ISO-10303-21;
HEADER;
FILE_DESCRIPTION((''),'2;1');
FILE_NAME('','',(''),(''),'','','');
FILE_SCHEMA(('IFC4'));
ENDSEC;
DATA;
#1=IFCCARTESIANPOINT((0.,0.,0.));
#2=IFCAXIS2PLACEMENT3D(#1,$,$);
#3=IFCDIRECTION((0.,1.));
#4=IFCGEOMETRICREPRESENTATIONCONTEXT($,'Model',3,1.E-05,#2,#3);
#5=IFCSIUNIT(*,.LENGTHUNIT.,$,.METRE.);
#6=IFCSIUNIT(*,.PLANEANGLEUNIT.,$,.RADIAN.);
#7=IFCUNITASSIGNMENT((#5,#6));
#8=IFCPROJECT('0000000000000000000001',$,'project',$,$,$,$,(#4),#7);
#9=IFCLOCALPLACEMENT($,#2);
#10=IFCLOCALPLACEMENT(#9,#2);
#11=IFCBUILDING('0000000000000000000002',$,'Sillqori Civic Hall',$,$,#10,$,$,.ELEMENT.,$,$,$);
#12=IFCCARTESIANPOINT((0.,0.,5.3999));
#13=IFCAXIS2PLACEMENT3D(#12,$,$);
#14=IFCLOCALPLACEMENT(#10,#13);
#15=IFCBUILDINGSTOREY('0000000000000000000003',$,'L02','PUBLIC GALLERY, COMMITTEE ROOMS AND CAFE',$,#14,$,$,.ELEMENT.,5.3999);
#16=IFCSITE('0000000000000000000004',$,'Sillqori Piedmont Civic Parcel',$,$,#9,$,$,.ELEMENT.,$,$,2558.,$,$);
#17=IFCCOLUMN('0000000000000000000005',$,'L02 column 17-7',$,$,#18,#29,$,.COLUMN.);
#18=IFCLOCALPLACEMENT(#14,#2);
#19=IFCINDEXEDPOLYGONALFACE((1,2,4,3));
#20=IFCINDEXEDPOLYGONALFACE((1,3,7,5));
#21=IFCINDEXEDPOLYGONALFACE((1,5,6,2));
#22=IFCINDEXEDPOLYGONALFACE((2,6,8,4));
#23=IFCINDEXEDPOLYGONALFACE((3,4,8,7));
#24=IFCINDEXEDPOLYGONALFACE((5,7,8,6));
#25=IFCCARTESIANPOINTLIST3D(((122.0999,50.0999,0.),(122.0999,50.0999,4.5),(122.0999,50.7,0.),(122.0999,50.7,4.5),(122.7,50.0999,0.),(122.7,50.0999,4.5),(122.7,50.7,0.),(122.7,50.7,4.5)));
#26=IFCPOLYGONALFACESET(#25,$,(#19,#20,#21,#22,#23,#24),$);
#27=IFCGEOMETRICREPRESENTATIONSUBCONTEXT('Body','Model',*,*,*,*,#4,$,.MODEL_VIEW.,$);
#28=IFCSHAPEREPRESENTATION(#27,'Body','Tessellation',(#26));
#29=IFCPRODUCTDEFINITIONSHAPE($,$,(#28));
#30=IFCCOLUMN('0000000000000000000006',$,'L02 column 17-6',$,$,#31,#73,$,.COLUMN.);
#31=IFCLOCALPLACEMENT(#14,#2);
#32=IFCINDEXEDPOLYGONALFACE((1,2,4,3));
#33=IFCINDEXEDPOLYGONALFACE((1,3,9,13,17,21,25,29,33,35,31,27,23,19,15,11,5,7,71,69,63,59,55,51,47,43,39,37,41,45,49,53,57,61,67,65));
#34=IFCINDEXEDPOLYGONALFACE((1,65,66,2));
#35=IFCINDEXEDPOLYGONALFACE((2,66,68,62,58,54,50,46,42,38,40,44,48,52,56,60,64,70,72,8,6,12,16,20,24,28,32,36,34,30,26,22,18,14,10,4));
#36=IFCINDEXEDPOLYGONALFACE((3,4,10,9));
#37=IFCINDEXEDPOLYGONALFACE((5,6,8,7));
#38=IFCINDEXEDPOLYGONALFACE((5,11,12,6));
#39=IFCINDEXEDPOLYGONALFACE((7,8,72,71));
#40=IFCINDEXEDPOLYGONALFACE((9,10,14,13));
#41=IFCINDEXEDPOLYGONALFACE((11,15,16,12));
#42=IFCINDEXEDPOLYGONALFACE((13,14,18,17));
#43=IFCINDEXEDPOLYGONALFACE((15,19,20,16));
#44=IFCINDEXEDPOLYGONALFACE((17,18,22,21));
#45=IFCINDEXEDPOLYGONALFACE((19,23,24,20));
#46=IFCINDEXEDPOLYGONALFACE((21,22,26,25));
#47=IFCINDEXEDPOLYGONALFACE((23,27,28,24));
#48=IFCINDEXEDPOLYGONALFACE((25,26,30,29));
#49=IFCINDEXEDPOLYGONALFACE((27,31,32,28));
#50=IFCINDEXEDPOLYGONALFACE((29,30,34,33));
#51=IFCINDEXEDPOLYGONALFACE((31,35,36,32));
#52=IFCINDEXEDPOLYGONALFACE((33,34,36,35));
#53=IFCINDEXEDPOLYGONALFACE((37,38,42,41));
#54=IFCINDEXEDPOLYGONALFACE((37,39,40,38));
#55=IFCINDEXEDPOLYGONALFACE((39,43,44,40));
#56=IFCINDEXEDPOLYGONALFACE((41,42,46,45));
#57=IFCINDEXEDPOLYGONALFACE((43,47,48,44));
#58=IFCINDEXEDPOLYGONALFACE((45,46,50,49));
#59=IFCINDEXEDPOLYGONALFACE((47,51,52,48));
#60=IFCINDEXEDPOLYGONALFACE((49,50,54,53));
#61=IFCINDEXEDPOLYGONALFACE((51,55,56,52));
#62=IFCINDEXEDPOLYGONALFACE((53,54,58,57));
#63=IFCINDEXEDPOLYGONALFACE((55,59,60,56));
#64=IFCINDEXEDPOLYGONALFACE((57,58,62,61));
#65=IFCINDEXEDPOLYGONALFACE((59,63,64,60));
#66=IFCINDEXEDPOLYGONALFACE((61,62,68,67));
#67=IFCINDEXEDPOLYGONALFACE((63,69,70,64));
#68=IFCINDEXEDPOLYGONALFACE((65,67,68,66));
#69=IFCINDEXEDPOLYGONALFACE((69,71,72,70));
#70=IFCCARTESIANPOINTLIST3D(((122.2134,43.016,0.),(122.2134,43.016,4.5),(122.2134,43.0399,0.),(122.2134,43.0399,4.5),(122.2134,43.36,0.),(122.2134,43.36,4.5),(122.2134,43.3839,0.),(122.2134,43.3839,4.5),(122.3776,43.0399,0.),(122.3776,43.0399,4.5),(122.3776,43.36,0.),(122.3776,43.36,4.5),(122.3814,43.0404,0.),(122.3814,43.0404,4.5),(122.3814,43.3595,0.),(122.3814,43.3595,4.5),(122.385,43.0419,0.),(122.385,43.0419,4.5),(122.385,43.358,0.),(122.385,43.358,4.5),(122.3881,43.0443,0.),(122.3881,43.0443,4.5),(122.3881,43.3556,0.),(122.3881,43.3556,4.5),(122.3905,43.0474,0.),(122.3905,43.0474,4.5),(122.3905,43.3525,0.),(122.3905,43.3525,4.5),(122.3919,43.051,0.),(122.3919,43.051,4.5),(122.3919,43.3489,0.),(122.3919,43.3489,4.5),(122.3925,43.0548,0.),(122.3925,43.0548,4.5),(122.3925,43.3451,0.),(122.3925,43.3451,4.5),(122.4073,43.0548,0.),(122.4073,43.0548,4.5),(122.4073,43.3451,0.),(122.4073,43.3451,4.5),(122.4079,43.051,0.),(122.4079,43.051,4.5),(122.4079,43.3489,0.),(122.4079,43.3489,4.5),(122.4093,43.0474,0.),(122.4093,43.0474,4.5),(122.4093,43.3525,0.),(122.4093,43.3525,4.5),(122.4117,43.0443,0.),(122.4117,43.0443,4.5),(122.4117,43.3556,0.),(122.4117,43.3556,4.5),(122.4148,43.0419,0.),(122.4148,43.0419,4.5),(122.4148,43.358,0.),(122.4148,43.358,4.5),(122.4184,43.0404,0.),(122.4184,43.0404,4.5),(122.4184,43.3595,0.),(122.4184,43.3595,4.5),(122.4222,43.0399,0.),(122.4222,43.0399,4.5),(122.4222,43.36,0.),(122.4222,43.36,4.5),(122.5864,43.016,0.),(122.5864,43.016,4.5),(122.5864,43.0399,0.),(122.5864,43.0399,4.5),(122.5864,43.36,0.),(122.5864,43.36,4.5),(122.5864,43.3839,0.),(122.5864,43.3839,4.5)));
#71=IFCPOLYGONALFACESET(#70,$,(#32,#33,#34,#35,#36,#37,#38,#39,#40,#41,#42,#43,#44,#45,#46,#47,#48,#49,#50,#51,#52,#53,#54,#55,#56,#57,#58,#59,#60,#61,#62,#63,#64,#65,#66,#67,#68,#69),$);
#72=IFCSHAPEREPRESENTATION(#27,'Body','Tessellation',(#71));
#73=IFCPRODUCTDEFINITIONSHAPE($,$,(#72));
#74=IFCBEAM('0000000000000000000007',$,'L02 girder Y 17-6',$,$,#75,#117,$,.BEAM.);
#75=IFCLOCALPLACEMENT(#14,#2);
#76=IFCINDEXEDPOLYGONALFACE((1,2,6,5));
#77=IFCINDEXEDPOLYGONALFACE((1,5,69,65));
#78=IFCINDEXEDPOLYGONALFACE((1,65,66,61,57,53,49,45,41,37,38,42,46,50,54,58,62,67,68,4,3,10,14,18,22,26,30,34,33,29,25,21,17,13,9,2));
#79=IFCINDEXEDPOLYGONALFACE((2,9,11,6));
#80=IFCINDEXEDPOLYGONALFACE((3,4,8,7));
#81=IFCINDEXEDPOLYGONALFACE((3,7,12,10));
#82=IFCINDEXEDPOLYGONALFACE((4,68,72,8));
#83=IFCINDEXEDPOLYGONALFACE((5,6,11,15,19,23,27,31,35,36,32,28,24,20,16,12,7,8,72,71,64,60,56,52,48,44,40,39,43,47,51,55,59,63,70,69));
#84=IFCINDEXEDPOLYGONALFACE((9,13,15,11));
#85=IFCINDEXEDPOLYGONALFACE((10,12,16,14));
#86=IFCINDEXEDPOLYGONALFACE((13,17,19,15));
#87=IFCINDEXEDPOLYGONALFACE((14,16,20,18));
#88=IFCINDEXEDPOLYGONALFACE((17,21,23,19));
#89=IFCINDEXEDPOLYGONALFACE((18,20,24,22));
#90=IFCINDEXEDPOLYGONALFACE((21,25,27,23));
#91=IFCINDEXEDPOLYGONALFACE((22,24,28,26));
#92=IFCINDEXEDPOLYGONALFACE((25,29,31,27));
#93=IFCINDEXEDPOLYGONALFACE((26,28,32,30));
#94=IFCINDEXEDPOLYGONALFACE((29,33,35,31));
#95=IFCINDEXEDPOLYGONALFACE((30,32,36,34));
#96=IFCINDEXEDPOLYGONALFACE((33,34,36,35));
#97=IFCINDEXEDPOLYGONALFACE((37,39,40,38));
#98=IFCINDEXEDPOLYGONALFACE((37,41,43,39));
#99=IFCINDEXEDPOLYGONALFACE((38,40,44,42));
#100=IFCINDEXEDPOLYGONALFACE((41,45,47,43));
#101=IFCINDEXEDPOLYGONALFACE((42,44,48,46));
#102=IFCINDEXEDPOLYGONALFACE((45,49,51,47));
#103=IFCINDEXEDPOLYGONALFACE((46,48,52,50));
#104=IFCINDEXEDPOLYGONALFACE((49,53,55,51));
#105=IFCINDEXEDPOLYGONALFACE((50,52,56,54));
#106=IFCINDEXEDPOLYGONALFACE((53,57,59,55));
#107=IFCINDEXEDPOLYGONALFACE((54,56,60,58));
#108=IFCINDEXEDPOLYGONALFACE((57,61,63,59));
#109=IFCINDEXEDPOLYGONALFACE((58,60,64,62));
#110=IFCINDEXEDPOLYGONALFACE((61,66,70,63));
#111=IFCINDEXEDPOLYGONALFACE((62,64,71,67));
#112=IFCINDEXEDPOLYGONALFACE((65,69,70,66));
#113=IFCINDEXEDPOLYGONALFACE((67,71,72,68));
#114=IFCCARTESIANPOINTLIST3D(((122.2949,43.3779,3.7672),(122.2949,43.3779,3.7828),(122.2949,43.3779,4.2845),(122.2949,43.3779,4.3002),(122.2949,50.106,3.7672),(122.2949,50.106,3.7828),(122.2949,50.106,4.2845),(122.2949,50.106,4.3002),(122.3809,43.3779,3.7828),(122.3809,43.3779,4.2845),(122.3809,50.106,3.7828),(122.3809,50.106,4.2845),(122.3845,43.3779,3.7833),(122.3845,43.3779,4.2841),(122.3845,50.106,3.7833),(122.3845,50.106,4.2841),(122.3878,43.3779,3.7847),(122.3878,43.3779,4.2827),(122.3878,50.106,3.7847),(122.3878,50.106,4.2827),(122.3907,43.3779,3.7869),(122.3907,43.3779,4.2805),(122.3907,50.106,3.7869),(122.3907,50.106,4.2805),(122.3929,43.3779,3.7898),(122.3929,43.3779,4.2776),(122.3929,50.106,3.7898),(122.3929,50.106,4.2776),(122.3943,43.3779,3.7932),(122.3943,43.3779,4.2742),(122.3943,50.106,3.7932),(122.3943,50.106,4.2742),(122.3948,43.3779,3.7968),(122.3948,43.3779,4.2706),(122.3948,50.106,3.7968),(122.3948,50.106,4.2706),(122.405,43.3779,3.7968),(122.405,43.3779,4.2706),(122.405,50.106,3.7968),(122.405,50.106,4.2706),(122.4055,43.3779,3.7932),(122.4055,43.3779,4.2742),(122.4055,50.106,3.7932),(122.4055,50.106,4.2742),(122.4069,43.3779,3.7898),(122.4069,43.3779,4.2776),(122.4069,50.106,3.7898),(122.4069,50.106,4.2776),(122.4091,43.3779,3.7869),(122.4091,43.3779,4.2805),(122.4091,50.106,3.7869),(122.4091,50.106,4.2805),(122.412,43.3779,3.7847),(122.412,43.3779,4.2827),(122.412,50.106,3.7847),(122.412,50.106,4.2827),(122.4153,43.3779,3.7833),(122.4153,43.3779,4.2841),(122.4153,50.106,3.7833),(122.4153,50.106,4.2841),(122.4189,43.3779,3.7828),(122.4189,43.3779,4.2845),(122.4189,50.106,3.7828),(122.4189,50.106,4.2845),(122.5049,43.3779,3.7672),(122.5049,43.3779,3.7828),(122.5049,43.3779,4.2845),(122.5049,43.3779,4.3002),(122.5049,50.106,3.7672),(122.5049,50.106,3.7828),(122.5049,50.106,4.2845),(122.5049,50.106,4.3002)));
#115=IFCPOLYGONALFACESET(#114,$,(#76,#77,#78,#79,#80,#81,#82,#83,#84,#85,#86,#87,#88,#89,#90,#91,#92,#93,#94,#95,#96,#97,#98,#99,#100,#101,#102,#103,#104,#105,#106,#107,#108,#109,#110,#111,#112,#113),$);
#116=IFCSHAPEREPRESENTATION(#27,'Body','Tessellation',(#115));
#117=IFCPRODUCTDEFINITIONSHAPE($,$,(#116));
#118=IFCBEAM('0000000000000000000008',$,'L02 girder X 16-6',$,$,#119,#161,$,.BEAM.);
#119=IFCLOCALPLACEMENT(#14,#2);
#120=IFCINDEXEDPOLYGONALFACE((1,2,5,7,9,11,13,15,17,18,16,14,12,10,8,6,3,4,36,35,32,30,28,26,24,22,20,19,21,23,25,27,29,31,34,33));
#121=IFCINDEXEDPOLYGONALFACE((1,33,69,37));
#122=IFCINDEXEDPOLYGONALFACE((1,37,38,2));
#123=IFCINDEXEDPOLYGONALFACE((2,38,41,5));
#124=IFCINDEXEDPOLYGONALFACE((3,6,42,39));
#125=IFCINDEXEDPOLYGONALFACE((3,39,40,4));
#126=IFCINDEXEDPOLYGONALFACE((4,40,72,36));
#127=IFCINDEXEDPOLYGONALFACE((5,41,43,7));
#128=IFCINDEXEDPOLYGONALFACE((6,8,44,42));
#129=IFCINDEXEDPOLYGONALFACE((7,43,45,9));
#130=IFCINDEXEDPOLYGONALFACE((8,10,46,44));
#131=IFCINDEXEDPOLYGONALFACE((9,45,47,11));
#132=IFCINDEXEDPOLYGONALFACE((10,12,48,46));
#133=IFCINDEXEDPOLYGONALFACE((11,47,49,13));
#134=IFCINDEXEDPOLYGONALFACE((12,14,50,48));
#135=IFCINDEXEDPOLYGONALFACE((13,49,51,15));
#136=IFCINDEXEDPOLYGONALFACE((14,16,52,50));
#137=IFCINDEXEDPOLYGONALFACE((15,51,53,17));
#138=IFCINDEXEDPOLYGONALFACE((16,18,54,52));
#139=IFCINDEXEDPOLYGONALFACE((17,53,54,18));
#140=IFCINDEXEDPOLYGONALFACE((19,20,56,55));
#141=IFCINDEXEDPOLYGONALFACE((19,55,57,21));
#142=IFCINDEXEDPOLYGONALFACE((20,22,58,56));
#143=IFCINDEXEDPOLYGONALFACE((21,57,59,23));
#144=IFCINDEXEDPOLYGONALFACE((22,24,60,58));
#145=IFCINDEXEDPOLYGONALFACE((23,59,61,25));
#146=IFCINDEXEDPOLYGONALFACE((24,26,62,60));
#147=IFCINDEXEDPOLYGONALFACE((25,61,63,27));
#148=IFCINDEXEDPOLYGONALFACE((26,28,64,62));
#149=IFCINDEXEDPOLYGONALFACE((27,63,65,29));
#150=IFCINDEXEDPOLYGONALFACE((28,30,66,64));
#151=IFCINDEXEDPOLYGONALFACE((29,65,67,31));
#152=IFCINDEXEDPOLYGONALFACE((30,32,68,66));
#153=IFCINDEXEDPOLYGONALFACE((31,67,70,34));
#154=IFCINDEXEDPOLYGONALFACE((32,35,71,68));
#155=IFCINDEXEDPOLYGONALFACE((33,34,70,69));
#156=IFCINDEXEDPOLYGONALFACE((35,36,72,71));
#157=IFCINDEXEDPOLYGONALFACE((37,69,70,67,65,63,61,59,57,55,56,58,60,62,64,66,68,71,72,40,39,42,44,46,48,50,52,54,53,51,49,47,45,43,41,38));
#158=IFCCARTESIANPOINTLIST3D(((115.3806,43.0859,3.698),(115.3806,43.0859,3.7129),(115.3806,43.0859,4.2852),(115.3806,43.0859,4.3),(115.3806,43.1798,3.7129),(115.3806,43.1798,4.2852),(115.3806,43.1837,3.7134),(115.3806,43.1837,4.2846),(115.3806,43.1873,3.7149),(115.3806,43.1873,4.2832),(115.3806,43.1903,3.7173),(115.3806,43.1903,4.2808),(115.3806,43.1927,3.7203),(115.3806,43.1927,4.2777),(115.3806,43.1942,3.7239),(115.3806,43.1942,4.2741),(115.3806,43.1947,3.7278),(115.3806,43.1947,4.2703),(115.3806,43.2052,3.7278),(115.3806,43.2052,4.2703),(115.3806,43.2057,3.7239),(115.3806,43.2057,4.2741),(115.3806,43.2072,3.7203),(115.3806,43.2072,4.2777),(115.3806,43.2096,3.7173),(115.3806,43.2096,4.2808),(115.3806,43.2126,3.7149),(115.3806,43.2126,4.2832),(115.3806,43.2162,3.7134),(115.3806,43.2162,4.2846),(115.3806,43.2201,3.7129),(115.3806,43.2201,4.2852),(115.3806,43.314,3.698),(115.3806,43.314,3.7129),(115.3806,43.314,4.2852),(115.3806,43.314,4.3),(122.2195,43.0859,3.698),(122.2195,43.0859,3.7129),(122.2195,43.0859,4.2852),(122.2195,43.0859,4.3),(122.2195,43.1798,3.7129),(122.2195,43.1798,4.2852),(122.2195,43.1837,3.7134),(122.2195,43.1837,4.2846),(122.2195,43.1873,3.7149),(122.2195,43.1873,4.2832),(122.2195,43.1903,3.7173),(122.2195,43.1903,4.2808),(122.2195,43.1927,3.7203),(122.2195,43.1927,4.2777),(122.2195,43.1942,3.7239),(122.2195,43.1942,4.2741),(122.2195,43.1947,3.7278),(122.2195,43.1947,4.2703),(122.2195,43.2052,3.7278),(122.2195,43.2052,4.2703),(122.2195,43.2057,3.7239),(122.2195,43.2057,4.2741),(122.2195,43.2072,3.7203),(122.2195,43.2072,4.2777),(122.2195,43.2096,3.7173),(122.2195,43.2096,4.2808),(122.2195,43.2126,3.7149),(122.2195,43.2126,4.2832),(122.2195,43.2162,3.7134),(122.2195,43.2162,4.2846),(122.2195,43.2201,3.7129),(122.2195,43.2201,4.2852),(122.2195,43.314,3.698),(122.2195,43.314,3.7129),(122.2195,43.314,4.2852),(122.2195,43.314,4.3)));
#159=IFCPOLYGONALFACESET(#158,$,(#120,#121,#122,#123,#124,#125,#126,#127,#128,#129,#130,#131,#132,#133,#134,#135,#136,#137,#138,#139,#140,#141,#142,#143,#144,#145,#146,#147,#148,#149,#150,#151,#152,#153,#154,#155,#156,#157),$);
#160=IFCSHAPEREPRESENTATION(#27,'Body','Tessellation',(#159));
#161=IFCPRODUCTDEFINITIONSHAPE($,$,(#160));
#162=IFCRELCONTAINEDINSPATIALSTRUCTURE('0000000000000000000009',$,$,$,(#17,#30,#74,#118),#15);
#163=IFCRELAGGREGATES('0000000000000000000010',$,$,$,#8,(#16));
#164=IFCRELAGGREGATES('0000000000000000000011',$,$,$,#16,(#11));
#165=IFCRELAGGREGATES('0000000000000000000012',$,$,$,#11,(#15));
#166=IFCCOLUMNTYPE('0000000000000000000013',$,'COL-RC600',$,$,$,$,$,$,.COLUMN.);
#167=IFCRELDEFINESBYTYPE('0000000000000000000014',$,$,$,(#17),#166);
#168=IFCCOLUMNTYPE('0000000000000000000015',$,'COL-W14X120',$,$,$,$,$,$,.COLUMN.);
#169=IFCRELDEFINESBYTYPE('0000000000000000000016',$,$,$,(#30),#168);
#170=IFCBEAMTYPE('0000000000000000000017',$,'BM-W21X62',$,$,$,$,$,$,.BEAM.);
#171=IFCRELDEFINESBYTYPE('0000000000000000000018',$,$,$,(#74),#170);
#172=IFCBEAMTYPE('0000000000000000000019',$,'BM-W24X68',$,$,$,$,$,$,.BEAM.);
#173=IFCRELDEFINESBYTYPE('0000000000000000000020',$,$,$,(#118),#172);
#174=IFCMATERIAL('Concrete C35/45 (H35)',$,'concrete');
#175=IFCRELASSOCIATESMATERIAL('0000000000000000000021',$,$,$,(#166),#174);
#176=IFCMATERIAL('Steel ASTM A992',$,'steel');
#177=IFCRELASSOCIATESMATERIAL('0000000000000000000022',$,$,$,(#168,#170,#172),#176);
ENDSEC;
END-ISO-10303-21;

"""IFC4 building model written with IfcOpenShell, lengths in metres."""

from ifc_helpers import new_model, si_unit, direction, frame, origin, origin_2d, place, context, subcontext, project, spatial, rectangle, i_section, extrude, material, material_profile, profile_set, type_object, element, save


model = new_model("IFC4")

# Units and contexts
model_context = context("Model", 3, precision=1e-05, world=origin(), true_north=direction((0.0, 1.0)))
body_context = subcontext(model_context, "Body", "Model", "MODEL_VIEW")
ifc_project = project(units=[si_unit("LENGTHUNIT", "METRE"), si_unit("PLANEANGLEUNIT", "RADIAN")], contexts=[model_context])

# Site, building, storey
site_placement = place(None, origin())
site = spatial("IfcSite", under=ifc_project, at=site_placement, Name="Sillqori Piedmont Civic Parcel", CompositionType="ELEMENT", RefElevation=2558.0)
building_placement = place(site_placement, origin())
building = spatial("IfcBuilding", under=site, at=building_placement, Name="Sillqori Civic Hall", CompositionType="ELEMENT")
storey_placement = place(building_placement, frame((0.0, 0.0, 5.3999)))
storey = spatial("IfcBuildingStorey", under=building, at=storey_placement, Name="L02", Description="PUBLIC GALLERY, COMMITTEE ROOMS AND CAFE", CompositionType="ELEMENT", Elevation=5.3999)

# Columns
ifc_material_1 = material(Name="Concrete C35/45 (H35)", Category="concrete")
ifc_material_profile_1 = material_profile(ifc_material_1, rectangle(XDim=0.6001, YDim=0.6001, at=origin_2d()), Name="RC 600x600")
ifc_profile_set_1 = profile_set([ifc_material_profile_1], Name="Concrete C35/45 (H35)")
column_type_1 = type_object("IfcColumnType", Name="COL-RC600", PredefinedType="COLUMN", material=ifc_profile_set_1)
column_1_placement = place(storey_placement, frame((122.3999, 50.3999, 0.0), z_axis=(0.0, 0.0, 1.0), x_axis=(1.0, 0.0, 0.0)))
element("IfcColumn", 1, at=column_1_placement, inside=storey, type_object=column_type_1, Name="L02 column 17-7", PredefinedType="COLUMN", context=body_context, shape_type="SweptSolid", body=[
    extrude(rectangle(XDim=0.6001, YDim=0.6001, at=origin_2d()), origin(), (0.0, 0.0, 1.0), 4.5),
])
ifc_material_2 = material(Name="Steel ASTM A992", Category="steel")
ifc_material_profile_2 = material_profile(ifc_material_2, i_section(OverallWidth=0.373, OverallDepth=0.3679, WebThickness=0.0149, FlangeThickness=0.0239, FilletRadius=0.0149, at=origin_2d()), Name="W14X120")
ifc_profile_set_2 = profile_set([ifc_material_profile_2], Name="Steel ASTM A992")
column_type_2 = type_object("IfcColumnType", Name="COL-W14X120", PredefinedType="COLUMN", material=ifc_profile_set_2)
column_2_placement = place(storey_placement, frame((122.3999, 43.2, 0.0), z_axis=(0.0, 0.0, 1.0), x_axis=(1.0, 0.0, 0.0)))
element("IfcColumn", 2, at=column_2_placement, inside=storey, type_object=column_type_2, Name="L02 column 17-6", PredefinedType="COLUMN", context=body_context, shape_type="SweptSolid", body=[
    extrude(i_section(OverallWidth=0.373, OverallDepth=0.3679, WebThickness=0.0149, FlangeThickness=0.0239, FilletRadius=0.0149, at=origin_2d()), origin(), (0.0, 0.0, 1.0), 4.5),
])

# Beams
ifc_material_profile_3 = material_profile(ifc_material_2, i_section(OverallWidth=0.21, OverallDepth=0.533, WebThickness=0.0103, FlangeThickness=0.0156, FilletRadius=0.0139, at=origin_2d()), Name="W21X62")
ifc_profile_set_3 = profile_set([ifc_material_profile_3], Name="Steel ASTM A992")
beam_type_1 = type_object("IfcBeamType", Name="BM-W21X62", PredefinedType="BEAM", material=ifc_profile_set_3)
beam_1_placement = place(storey_placement, frame((122.3999, 43.3779, 4.0337), z_axis=(0.0, 1.0, 0.0), x_axis=(-1.0, 0.0, 0.0)))
element("IfcBeam", 3, at=beam_1_placement, inside=storey, type_object=beam_type_1, Name="L02 girder Y 17-6", PredefinedType="BEAM", context=body_context, shape_type="SweptSolid", body=[
    extrude(i_section(OverallWidth=0.21, OverallDepth=0.533, WebThickness=0.0103, FlangeThickness=0.0156, FilletRadius=0.0139, at=origin_2d()), origin(), (0.0, 0.0, 1.0), 6.728),
])
ifc_material_profile_4 = material_profile(ifc_material_2, i_section(OverallWidth=0.228, OverallDepth=0.6021, WebThickness=0.0105, FlangeThickness=0.0149, FilletRadius=0.0149, at=origin_2d()), Name="W24X68")
ifc_profile_set_4 = profile_set([ifc_material_profile_4], Name="Steel ASTM A992")
beam_type_2 = type_object("IfcBeamType", Name="BM-W24X68", PredefinedType="BEAM", material=ifc_profile_set_4)
beam_2_placement = place(storey_placement, frame((115.3806, 43.2, 3.999), z_axis=(1.0, 0.0, 0.0), x_axis=(0.0, 1.0, 0.0)))
element("IfcBeam", 4, at=beam_2_placement, inside=storey, type_object=beam_type_2, Name="L02 girder X 16-6", PredefinedType="BEAM", context=body_context, shape_type="SweptSolid", body=[
    extrude(i_section(OverallWidth=0.228, OverallDepth=0.6021, WebThickness=0.0105, FlangeThickness=0.0149, FilletRadius=0.0149, at=origin_2d()), origin(), (0.0, 0.0, 1.0), 6.8389),
])

save(model, "model.ifc")
